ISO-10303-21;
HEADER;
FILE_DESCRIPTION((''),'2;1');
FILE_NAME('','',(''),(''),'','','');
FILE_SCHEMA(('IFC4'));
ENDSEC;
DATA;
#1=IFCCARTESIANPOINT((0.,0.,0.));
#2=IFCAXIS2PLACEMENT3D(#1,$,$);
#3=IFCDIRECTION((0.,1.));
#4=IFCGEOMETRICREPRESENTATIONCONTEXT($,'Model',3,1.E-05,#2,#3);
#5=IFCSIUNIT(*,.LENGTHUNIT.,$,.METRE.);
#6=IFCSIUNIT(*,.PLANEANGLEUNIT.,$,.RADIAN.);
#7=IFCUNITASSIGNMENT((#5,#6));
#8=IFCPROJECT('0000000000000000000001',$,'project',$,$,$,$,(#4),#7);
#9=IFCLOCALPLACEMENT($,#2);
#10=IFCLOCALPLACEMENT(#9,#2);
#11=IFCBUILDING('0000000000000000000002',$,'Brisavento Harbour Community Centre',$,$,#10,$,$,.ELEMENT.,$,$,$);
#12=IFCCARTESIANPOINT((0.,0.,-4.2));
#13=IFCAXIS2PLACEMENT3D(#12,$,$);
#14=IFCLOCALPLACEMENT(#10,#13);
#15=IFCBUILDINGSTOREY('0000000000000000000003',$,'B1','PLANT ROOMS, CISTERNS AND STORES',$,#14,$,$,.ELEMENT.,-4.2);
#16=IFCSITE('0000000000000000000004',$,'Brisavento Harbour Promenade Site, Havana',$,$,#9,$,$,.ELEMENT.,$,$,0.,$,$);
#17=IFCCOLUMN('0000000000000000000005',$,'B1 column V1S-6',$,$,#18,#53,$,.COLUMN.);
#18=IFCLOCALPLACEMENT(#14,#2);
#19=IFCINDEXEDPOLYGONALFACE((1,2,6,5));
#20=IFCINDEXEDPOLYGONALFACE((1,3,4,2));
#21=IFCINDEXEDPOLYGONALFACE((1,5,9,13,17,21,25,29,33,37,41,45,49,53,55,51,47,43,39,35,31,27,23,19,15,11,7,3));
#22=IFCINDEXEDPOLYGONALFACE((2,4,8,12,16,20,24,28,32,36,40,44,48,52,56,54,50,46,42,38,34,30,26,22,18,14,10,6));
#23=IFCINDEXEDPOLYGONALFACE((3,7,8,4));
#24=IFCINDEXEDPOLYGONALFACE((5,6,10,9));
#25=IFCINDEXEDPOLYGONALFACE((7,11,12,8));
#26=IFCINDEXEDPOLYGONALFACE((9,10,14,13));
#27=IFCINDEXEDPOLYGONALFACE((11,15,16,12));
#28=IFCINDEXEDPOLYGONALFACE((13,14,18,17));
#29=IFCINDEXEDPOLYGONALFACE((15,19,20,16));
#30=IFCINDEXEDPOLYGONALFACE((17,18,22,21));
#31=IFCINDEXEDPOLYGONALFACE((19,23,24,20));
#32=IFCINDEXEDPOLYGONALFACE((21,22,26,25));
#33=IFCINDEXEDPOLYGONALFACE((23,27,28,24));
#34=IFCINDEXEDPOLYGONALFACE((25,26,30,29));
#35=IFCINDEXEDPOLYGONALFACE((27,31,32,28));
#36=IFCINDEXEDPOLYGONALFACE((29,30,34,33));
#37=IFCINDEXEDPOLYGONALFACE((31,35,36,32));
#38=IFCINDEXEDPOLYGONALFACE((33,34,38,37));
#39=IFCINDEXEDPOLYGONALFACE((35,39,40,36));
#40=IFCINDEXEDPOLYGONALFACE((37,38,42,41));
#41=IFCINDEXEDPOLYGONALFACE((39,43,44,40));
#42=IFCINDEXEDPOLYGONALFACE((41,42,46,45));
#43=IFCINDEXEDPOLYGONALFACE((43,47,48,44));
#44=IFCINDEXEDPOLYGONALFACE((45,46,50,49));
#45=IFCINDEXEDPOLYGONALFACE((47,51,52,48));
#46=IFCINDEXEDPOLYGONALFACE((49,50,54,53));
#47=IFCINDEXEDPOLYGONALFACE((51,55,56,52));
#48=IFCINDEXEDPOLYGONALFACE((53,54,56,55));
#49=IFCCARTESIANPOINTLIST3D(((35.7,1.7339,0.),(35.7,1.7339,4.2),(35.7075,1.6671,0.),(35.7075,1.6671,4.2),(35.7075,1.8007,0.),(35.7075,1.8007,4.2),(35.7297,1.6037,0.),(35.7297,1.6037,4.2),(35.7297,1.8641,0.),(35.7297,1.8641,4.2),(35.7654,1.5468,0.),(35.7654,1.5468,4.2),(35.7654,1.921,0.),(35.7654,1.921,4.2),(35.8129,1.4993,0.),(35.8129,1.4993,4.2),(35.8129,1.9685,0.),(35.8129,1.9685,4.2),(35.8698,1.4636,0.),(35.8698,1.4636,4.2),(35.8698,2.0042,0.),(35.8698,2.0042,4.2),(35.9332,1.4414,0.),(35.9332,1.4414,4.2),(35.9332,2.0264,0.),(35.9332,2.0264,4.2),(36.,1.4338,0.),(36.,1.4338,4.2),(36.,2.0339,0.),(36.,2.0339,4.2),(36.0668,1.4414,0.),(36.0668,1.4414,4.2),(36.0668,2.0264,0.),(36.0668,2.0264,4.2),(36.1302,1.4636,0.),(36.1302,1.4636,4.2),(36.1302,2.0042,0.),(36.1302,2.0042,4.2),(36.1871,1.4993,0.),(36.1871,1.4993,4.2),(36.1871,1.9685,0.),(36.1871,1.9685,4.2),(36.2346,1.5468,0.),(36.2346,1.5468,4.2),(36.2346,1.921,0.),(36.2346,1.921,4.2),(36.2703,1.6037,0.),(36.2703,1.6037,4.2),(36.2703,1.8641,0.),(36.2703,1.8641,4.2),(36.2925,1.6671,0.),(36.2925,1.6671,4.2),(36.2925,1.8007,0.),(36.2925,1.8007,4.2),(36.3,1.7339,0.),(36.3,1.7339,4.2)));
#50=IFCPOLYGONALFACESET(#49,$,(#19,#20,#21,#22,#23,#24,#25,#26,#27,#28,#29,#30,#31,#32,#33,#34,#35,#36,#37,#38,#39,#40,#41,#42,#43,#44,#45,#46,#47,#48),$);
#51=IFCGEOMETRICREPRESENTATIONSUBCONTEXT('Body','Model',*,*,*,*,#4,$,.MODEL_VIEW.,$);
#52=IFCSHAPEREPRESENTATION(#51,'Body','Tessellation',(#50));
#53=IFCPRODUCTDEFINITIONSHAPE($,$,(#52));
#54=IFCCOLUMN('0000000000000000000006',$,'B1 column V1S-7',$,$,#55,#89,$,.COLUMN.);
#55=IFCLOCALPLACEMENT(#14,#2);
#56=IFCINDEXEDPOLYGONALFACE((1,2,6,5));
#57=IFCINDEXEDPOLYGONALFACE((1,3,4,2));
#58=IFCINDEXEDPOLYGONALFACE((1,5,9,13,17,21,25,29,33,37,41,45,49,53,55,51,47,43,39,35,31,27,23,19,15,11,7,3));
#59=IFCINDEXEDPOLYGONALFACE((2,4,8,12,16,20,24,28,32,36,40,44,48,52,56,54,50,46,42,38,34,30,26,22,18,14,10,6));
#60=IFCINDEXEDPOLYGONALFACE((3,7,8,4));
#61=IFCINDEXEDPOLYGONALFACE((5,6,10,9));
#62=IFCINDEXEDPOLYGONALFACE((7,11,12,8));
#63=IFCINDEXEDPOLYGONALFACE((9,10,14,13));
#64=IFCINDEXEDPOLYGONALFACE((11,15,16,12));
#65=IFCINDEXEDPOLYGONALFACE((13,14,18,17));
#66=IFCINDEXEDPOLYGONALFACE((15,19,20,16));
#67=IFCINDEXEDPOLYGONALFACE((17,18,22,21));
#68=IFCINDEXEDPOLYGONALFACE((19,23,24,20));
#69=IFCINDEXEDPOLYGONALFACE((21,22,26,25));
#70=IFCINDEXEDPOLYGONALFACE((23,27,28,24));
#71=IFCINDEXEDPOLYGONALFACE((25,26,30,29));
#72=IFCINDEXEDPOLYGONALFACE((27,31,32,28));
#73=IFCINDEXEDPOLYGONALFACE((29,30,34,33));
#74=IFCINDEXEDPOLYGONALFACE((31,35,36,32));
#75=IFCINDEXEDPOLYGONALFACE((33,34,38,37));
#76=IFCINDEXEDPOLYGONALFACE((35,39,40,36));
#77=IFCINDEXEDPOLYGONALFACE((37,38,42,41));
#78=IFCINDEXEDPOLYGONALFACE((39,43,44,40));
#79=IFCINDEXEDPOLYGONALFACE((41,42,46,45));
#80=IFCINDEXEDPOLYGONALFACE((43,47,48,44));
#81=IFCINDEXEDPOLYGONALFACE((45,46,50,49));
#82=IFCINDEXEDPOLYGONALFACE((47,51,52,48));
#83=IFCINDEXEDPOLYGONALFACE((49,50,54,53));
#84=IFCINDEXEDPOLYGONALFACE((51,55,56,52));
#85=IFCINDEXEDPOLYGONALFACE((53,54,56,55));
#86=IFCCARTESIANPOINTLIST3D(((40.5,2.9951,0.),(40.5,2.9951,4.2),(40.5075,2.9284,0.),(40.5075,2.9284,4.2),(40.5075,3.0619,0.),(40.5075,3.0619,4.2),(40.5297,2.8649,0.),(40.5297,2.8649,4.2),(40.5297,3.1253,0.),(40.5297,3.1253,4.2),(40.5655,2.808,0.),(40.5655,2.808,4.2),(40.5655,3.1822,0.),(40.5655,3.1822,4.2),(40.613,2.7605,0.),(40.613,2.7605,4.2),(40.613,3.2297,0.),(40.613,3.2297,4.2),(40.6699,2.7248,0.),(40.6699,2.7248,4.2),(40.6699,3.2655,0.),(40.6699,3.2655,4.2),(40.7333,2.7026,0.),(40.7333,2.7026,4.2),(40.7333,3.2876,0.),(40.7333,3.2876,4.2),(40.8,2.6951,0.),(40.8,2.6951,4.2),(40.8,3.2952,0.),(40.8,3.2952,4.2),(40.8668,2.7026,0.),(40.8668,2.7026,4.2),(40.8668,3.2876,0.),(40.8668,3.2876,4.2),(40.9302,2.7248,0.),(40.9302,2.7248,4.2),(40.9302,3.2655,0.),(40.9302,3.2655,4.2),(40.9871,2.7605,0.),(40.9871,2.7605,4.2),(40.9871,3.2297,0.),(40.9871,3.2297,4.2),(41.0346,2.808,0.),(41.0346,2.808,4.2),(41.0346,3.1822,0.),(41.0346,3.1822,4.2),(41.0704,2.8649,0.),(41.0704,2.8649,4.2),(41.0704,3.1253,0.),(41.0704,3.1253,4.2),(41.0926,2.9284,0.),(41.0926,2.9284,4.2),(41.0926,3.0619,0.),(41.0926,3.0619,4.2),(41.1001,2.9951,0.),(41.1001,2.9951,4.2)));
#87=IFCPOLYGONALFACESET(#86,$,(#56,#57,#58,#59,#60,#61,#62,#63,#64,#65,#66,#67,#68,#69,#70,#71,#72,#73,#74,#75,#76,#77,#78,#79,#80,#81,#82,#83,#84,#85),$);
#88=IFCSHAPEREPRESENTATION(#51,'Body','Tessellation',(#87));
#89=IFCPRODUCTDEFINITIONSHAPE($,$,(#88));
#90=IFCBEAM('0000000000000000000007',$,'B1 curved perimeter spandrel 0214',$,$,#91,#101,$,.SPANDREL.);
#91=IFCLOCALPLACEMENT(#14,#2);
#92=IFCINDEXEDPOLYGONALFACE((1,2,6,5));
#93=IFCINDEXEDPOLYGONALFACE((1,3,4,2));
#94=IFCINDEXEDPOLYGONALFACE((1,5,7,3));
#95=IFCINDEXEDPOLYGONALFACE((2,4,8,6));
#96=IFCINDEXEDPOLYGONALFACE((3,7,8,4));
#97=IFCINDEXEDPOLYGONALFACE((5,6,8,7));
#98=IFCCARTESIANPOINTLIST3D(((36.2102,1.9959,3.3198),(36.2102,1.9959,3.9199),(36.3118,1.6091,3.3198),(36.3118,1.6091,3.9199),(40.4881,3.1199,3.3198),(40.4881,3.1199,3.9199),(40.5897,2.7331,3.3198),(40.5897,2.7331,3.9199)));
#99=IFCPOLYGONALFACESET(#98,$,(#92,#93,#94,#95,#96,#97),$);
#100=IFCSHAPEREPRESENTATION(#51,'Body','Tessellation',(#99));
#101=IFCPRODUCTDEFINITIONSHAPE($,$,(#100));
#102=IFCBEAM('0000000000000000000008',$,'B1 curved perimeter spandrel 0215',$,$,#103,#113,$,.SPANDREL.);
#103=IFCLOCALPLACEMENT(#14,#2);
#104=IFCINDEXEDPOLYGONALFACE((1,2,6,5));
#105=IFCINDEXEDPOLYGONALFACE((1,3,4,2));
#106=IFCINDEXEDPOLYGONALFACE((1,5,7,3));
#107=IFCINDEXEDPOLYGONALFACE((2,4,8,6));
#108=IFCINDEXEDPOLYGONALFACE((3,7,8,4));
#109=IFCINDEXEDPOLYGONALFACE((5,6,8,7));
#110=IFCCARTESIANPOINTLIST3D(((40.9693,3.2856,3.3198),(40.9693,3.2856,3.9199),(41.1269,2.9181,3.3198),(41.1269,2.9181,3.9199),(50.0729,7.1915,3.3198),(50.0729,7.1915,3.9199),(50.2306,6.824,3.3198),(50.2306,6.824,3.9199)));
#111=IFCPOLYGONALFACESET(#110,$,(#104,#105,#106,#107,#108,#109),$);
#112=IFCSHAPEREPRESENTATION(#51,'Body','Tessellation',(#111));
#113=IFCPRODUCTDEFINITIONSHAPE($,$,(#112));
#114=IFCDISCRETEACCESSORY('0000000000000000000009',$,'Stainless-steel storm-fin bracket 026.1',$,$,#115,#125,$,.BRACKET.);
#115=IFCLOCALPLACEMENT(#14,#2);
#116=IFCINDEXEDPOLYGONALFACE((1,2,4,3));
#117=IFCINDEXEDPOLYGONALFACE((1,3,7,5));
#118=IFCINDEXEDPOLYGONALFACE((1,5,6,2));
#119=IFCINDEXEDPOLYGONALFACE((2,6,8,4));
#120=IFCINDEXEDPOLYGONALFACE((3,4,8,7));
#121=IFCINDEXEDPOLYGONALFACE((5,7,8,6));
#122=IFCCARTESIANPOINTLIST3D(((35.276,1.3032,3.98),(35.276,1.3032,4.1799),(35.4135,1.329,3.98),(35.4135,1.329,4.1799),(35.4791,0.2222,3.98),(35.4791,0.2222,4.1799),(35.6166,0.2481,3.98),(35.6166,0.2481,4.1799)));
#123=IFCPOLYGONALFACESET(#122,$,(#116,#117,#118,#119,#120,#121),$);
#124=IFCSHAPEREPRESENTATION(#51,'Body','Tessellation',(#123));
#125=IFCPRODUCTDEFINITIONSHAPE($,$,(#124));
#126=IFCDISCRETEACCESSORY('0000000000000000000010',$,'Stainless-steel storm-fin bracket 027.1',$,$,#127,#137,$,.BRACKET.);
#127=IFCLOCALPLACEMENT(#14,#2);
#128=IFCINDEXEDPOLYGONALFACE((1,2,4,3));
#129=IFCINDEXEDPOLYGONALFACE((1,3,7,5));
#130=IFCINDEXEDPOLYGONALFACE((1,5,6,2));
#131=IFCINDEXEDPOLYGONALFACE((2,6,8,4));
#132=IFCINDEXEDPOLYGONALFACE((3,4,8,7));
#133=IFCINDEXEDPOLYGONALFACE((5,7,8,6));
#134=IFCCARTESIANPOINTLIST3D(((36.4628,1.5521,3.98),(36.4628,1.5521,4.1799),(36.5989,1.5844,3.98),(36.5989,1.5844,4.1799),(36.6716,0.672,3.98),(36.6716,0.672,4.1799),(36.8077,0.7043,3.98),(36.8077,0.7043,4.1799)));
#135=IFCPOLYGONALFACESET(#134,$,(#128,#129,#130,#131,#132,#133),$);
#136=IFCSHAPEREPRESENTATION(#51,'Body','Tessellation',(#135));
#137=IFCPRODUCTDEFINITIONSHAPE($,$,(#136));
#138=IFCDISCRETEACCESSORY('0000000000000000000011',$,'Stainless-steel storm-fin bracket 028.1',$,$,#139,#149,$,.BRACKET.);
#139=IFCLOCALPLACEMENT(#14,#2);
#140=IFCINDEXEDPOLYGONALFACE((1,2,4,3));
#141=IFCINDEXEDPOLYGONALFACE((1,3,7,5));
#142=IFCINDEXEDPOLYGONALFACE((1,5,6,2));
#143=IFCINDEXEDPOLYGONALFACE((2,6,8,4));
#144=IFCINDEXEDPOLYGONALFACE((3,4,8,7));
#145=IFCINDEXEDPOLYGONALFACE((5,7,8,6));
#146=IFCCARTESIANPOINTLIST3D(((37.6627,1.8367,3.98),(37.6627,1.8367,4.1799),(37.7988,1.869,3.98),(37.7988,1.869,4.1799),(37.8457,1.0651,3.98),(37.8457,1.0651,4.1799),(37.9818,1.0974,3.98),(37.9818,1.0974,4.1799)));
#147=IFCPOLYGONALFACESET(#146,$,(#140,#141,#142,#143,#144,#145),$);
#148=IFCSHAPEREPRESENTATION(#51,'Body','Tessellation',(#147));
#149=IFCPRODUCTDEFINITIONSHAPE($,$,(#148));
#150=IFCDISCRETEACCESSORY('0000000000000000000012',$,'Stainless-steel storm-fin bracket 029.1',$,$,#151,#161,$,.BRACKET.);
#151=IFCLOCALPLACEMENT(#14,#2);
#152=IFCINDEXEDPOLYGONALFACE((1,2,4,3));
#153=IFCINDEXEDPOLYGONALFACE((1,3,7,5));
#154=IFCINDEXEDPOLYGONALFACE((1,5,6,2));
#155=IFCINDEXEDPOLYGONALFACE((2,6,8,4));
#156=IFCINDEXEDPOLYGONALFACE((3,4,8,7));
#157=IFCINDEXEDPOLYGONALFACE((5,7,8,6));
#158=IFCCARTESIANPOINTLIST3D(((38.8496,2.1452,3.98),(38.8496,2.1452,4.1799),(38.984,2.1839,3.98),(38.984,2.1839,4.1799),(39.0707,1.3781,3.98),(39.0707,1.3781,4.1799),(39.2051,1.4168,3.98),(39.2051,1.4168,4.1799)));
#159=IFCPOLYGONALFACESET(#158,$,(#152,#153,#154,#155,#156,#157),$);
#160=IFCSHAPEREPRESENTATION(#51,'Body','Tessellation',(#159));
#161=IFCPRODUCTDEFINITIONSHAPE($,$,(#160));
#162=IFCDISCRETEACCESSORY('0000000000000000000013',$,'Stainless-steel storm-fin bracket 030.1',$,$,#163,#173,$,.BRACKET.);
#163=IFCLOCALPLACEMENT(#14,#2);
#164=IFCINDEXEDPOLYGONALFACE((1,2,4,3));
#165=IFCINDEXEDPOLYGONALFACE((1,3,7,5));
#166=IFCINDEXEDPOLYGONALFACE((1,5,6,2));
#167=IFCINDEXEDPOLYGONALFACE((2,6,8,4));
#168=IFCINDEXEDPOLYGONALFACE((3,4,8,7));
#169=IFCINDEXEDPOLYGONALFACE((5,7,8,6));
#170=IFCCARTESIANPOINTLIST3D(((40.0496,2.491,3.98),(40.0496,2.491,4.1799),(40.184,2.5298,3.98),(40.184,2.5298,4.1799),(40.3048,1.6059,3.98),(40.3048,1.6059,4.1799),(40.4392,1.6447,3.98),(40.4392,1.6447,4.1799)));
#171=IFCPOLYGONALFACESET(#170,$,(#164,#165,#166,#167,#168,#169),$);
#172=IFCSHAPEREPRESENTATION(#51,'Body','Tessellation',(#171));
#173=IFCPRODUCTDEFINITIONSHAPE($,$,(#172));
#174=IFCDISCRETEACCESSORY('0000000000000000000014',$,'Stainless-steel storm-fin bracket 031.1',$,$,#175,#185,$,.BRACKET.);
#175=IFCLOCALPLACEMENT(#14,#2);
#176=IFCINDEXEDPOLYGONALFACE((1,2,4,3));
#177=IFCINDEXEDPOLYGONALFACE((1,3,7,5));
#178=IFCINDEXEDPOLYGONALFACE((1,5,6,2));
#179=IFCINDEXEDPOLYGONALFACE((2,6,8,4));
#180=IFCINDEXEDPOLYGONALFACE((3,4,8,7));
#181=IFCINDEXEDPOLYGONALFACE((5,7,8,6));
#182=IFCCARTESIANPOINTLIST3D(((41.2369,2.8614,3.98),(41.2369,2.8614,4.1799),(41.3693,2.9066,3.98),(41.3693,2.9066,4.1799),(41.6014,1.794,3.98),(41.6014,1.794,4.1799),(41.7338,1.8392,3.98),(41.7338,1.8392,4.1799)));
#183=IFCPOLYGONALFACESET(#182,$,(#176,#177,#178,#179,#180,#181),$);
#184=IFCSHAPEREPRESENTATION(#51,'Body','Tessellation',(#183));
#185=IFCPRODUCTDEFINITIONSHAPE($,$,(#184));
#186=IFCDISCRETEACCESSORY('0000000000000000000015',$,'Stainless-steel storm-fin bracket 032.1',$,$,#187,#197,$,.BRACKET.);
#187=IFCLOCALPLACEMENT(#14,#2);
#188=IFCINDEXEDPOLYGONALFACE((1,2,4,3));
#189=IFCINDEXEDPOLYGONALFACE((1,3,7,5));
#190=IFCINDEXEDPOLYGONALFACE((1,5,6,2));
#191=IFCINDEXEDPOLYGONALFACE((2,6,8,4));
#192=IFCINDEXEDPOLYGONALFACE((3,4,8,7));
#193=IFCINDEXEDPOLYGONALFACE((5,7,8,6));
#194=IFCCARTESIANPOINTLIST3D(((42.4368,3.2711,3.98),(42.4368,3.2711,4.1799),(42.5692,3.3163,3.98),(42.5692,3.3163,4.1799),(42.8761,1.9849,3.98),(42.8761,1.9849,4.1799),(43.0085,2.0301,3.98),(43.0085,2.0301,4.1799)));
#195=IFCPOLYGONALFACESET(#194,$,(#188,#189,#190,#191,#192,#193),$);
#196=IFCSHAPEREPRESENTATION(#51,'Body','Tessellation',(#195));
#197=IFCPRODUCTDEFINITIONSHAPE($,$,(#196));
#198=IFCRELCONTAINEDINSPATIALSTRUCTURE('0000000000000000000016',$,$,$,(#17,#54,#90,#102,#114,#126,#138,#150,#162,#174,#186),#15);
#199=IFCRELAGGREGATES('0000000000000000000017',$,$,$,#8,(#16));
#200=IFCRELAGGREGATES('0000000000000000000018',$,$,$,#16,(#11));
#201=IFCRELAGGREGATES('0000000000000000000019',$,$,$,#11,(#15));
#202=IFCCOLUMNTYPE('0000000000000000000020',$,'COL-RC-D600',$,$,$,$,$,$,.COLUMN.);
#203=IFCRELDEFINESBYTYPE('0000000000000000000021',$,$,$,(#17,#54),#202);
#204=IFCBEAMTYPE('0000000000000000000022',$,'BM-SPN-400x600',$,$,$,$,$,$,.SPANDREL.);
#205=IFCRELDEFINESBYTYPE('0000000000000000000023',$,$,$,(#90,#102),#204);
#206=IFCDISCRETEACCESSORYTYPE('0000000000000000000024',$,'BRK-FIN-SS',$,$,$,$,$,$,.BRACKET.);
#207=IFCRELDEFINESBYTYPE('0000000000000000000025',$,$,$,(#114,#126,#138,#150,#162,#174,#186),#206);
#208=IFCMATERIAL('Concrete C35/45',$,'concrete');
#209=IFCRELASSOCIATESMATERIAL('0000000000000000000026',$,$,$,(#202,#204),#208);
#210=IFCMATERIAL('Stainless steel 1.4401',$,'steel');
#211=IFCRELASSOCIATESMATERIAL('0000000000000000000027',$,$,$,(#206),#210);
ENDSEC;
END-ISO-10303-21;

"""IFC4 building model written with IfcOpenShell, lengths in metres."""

from ifc_helpers import new_model, si_unit, direction, frame, origin, origin_2d, place, context, subcontext, project, spatial, rectangle, circle, extrude, material, material_profile, profile_set, type_object, element, save


model = new_model("IFC4")

# Units and contexts
model_context = context("Model", 3, precision=1e-05, world=origin(), true_north=direction((0.0, 1.0)))
body_context = subcontext(model_context, "Body", "Model", "MODEL_VIEW")
ifc_project = project(units=[si_unit("LENGTHUNIT", "METRE"), si_unit("PLANEANGLEUNIT", "RADIAN")], contexts=[model_context])

# Site, building, storey
site_placement = place(None, origin())
site = spatial("IfcSite", under=ifc_project, at=site_placement, Name="Brisavento Harbour Promenade Site, Havana", CompositionType="ELEMENT", RefElevation=0.0)
building_placement = place(site_placement, origin())
building = spatial("IfcBuilding", under=site, at=building_placement, Name="Brisavento Harbour Community Centre", CompositionType="ELEMENT")
storey_placement = place(building_placement, frame((0.0, 0.0, -4.2)))
storey = spatial("IfcBuildingStorey", under=building, at=storey_placement, Name="B1", Description="PLANT ROOMS, CISTERNS AND STORES", CompositionType="ELEMENT", Elevation=-4.2)

# Shared definitions
ifc_material_1 = material(Name="Concrete C35/45", Category="concrete")

# Columns
ifc_material_profile_1 = material_profile(ifc_material_1, circle(Radius=0.3, at=origin_2d()), Name="Concrete C35/45")
ifc_profile_set_1 = profile_set([ifc_material_profile_1], Name="Concrete C35/45")
column_type = type_object("IfcColumnType", Name="COL-RC-D600", PredefinedType="COLUMN", material=ifc_profile_set_1)
for number, where, z_axis, x_axis, name in (
    (1, (36.0, 1.7339, 0.0), (0.0, 0.0, 1.0), (1.0, 0.0, 0.0), "B1 column V1S-6"),
    (2, (40.8, 2.9951, 0.0), (0.0, 0.0, 1.0), (1.0, 0.0, 0.0), "B1 column V1S-7"),
):
    element("IfcColumn", number, at=place(storey_placement, frame(where, z_axis=z_axis, x_axis=x_axis)), inside=storey, type_object=column_type, Name=name, PredefinedType="COLUMN", context=body_context, shape_type="SweptSolid", body=[
        extrude(circle(Radius=0.3, at=origin_2d()), origin(), (0.0, 0.0, 1.0), 4.2),
    ])

# Beams
ifc_material_profile_2 = material_profile(ifc_material_1, rectangle(XDim=0.3999, YDim=0.6001, at=origin_2d()), Name="Concrete C35/45")
ifc_profile_set_2 = profile_set([ifc_material_profile_2], Name="Concrete C35/45")
beam_type = type_object("IfcBeamType", Name="BM-SPN-400x600", PredefinedType="SPANDREL", material=ifc_profile_set_2)
beam_1_placement = place(storey_placement, frame((36.261, 1.8025, 3.6199), z_axis=(0.96717, 0.254129, 0.0), x_axis=(-0.254129, 0.96717, 0.0)))
element("IfcBeam", 3, at=beam_1_placement, inside=storey, type_object=beam_type, Name="B1 curved perimeter spandrel 0214", PredefinedType="SPANDREL", context=body_context, shape_type="SweptSolid", body=[
    extrude(rectangle(XDim=0.3999, YDim=0.6001, at=origin_2d()), origin(), (0.0, 0.0, 1.0), 4.4231),
])
beam_2_placement = place(storey_placement, frame((41.0481, 3.1018, 3.6199), z_axis=(0.918984, 0.394294, 0.0), x_axis=(-0.394294, 0.918984, 0.0)))
element("IfcBeam", 4, at=beam_2_placement, inside=storey, type_object=beam_type, Name="B1 curved perimeter spandrel 0215", PredefinedType="SPANDREL", context=body_context, shape_type="SweptSolid", body=[
    extrude(rectangle(XDim=0.3999, YDim=0.6001, at=origin_2d()), origin(), (0.0, 0.0, 1.0), 9.9062),
])

# Discrete accessories
ifc_material_2 = material(Name="Stainless steel 1.4401", Category="steel")
discrete_accessory_type = type_object("IfcDiscreteAccessoryType", Name="BRK-FIN-SS", PredefinedType="BRACKET", material=ifc_material_2)
discrete_accessory_1_placement = place(storey_placement, frame((35.4463, 0.7756, 3.98), z_axis=(0.0, 0.0, 1.0), x_axis=(0.184672, -0.9828, 0.0)))
element("IfcDiscreteAccessory", 5, at=discrete_accessory_1_placement, inside=storey, type_object=discrete_accessory_type, Name="Stainless-steel storm-fin bracket 026.1", PredefinedType="BRACKET", context=body_context, shape_type="SweptSolid", body=[
    extrude(rectangle(XDim=1.0999, YDim=0.1399, at=origin_2d()), origin(), (0.0, 0.0, 1.0), 0.2),
])
discrete_accessory_2_placement = place(storey_placement, frame((36.6353, 1.1282, 3.98), z_axis=(0.0, 0.0, 1.0), x_axis=(0.230831, -0.972994, 0.0)))
element("IfcDiscreteAccessory", 6, at=discrete_accessory_2_placement, inside=storey, type_object=discrete_accessory_type, Name="Stainless-steel storm-fin bracket 027.1", PredefinedType="BRACKET", context=body_context, shape_type="SweptSolid", body=[
    extrude(rectangle(XDim=0.9045, YDim=0.1399, at=origin_2d()), origin(), (0.0, 0.0, 1.0), 0.2),
])
discrete_accessory_3_placement = place(storey_placement, frame((37.8223, 1.467, 3.98), z_axis=(0.0, 0.0, 1.0), x_axis=(0.230831, -0.972994, 0.0)))
element("IfcDiscreteAccessory", 7, at=discrete_accessory_3_placement, inside=storey, type_object=discrete_accessory_type, Name="Stainless-steel storm-fin bracket 028.1", PredefinedType="BRACKET", context=body_context, shape_type="SweptSolid", body=[
    extrude(rectangle(XDim=0.793, YDim=0.1399, at=origin_2d()), origin(), (0.0, 0.0, 1.0), 0.2),
])
discrete_accessory_4_placement = place(storey_placement, frame((39.0273, 1.781, 3.98), z_axis=(0.0, 0.0, 1.0), x_axis=(0.276996, -0.960871, 0.0)))
element("IfcDiscreteAccessory", 8, at=discrete_accessory_4_placement, inside=storey, type_object=discrete_accessory_type, Name="Stainless-steel storm-fin bracket 029.1", PredefinedType="BRACKET", context=body_context, shape_type="SweptSolid", body=[
    extrude(rectangle(XDim=0.7983, YDim=0.1399, at=origin_2d()), origin(), (0.0, 0.0, 1.0), 0.2),
])
discrete_accessory_5_placement = place(storey_placement, frame((40.2444, 2.0679, 3.98), z_axis=(0.0, 0.0, 1.0), x_axis=(0.276996, -0.960871, 0.0)))
element("IfcDiscreteAccessory", 9, at=discrete_accessory_5_placement, inside=storey, type_object=discrete_accessory_type, Name="Stainless-steel storm-fin bracket 030.1", PredefinedType="BRACKET", context=body_context, shape_type="SweptSolid", body=[
    extrude(rectangle(XDim=0.9211, YDim=0.1399, at=origin_2d()), origin(), (0.0, 0.0, 1.0), 0.2),
])
discrete_accessory_6_placement = place(storey_placement, frame((41.4854, 2.3503, 3.98), z_axis=(0.0, 0.0, 1.0), x_axis=(0.323174, -0.946339, 0.0)))
element("IfcDiscreteAccessory", 10, at=discrete_accessory_6_placement, inside=storey, type_object=discrete_accessory_type, Name="Stainless-steel storm-fin bracket 031.1", PredefinedType="BRACKET", context=body_context, shape_type="SweptSolid", body=[
    extrude(rectangle(XDim=1.1279, YDim=0.1399, at=origin_2d()), origin(), (0.0, 0.0, 1.0), 0.2),
])
discrete_accessory_7_placement = place(storey_placement, frame((42.7227, 2.6506, 3.98), z_axis=(0.0, 0.0, 1.0), x_axis=(0.323174, -0.946339, 0.0)))
element("IfcDiscreteAccessory", 11, at=discrete_accessory_7_placement, inside=storey, type_object=discrete_accessory_type, Name="Stainless-steel storm-fin bracket 032.1", PredefinedType="BRACKET", context=body_context, shape_type="SweptSolid", body=[
    extrude(rectangle(XDim=1.3591, YDim=0.1399, at=origin_2d()), origin(), (0.0, 0.0, 1.0), 0.2),
])

save(model, "model.ifc")
